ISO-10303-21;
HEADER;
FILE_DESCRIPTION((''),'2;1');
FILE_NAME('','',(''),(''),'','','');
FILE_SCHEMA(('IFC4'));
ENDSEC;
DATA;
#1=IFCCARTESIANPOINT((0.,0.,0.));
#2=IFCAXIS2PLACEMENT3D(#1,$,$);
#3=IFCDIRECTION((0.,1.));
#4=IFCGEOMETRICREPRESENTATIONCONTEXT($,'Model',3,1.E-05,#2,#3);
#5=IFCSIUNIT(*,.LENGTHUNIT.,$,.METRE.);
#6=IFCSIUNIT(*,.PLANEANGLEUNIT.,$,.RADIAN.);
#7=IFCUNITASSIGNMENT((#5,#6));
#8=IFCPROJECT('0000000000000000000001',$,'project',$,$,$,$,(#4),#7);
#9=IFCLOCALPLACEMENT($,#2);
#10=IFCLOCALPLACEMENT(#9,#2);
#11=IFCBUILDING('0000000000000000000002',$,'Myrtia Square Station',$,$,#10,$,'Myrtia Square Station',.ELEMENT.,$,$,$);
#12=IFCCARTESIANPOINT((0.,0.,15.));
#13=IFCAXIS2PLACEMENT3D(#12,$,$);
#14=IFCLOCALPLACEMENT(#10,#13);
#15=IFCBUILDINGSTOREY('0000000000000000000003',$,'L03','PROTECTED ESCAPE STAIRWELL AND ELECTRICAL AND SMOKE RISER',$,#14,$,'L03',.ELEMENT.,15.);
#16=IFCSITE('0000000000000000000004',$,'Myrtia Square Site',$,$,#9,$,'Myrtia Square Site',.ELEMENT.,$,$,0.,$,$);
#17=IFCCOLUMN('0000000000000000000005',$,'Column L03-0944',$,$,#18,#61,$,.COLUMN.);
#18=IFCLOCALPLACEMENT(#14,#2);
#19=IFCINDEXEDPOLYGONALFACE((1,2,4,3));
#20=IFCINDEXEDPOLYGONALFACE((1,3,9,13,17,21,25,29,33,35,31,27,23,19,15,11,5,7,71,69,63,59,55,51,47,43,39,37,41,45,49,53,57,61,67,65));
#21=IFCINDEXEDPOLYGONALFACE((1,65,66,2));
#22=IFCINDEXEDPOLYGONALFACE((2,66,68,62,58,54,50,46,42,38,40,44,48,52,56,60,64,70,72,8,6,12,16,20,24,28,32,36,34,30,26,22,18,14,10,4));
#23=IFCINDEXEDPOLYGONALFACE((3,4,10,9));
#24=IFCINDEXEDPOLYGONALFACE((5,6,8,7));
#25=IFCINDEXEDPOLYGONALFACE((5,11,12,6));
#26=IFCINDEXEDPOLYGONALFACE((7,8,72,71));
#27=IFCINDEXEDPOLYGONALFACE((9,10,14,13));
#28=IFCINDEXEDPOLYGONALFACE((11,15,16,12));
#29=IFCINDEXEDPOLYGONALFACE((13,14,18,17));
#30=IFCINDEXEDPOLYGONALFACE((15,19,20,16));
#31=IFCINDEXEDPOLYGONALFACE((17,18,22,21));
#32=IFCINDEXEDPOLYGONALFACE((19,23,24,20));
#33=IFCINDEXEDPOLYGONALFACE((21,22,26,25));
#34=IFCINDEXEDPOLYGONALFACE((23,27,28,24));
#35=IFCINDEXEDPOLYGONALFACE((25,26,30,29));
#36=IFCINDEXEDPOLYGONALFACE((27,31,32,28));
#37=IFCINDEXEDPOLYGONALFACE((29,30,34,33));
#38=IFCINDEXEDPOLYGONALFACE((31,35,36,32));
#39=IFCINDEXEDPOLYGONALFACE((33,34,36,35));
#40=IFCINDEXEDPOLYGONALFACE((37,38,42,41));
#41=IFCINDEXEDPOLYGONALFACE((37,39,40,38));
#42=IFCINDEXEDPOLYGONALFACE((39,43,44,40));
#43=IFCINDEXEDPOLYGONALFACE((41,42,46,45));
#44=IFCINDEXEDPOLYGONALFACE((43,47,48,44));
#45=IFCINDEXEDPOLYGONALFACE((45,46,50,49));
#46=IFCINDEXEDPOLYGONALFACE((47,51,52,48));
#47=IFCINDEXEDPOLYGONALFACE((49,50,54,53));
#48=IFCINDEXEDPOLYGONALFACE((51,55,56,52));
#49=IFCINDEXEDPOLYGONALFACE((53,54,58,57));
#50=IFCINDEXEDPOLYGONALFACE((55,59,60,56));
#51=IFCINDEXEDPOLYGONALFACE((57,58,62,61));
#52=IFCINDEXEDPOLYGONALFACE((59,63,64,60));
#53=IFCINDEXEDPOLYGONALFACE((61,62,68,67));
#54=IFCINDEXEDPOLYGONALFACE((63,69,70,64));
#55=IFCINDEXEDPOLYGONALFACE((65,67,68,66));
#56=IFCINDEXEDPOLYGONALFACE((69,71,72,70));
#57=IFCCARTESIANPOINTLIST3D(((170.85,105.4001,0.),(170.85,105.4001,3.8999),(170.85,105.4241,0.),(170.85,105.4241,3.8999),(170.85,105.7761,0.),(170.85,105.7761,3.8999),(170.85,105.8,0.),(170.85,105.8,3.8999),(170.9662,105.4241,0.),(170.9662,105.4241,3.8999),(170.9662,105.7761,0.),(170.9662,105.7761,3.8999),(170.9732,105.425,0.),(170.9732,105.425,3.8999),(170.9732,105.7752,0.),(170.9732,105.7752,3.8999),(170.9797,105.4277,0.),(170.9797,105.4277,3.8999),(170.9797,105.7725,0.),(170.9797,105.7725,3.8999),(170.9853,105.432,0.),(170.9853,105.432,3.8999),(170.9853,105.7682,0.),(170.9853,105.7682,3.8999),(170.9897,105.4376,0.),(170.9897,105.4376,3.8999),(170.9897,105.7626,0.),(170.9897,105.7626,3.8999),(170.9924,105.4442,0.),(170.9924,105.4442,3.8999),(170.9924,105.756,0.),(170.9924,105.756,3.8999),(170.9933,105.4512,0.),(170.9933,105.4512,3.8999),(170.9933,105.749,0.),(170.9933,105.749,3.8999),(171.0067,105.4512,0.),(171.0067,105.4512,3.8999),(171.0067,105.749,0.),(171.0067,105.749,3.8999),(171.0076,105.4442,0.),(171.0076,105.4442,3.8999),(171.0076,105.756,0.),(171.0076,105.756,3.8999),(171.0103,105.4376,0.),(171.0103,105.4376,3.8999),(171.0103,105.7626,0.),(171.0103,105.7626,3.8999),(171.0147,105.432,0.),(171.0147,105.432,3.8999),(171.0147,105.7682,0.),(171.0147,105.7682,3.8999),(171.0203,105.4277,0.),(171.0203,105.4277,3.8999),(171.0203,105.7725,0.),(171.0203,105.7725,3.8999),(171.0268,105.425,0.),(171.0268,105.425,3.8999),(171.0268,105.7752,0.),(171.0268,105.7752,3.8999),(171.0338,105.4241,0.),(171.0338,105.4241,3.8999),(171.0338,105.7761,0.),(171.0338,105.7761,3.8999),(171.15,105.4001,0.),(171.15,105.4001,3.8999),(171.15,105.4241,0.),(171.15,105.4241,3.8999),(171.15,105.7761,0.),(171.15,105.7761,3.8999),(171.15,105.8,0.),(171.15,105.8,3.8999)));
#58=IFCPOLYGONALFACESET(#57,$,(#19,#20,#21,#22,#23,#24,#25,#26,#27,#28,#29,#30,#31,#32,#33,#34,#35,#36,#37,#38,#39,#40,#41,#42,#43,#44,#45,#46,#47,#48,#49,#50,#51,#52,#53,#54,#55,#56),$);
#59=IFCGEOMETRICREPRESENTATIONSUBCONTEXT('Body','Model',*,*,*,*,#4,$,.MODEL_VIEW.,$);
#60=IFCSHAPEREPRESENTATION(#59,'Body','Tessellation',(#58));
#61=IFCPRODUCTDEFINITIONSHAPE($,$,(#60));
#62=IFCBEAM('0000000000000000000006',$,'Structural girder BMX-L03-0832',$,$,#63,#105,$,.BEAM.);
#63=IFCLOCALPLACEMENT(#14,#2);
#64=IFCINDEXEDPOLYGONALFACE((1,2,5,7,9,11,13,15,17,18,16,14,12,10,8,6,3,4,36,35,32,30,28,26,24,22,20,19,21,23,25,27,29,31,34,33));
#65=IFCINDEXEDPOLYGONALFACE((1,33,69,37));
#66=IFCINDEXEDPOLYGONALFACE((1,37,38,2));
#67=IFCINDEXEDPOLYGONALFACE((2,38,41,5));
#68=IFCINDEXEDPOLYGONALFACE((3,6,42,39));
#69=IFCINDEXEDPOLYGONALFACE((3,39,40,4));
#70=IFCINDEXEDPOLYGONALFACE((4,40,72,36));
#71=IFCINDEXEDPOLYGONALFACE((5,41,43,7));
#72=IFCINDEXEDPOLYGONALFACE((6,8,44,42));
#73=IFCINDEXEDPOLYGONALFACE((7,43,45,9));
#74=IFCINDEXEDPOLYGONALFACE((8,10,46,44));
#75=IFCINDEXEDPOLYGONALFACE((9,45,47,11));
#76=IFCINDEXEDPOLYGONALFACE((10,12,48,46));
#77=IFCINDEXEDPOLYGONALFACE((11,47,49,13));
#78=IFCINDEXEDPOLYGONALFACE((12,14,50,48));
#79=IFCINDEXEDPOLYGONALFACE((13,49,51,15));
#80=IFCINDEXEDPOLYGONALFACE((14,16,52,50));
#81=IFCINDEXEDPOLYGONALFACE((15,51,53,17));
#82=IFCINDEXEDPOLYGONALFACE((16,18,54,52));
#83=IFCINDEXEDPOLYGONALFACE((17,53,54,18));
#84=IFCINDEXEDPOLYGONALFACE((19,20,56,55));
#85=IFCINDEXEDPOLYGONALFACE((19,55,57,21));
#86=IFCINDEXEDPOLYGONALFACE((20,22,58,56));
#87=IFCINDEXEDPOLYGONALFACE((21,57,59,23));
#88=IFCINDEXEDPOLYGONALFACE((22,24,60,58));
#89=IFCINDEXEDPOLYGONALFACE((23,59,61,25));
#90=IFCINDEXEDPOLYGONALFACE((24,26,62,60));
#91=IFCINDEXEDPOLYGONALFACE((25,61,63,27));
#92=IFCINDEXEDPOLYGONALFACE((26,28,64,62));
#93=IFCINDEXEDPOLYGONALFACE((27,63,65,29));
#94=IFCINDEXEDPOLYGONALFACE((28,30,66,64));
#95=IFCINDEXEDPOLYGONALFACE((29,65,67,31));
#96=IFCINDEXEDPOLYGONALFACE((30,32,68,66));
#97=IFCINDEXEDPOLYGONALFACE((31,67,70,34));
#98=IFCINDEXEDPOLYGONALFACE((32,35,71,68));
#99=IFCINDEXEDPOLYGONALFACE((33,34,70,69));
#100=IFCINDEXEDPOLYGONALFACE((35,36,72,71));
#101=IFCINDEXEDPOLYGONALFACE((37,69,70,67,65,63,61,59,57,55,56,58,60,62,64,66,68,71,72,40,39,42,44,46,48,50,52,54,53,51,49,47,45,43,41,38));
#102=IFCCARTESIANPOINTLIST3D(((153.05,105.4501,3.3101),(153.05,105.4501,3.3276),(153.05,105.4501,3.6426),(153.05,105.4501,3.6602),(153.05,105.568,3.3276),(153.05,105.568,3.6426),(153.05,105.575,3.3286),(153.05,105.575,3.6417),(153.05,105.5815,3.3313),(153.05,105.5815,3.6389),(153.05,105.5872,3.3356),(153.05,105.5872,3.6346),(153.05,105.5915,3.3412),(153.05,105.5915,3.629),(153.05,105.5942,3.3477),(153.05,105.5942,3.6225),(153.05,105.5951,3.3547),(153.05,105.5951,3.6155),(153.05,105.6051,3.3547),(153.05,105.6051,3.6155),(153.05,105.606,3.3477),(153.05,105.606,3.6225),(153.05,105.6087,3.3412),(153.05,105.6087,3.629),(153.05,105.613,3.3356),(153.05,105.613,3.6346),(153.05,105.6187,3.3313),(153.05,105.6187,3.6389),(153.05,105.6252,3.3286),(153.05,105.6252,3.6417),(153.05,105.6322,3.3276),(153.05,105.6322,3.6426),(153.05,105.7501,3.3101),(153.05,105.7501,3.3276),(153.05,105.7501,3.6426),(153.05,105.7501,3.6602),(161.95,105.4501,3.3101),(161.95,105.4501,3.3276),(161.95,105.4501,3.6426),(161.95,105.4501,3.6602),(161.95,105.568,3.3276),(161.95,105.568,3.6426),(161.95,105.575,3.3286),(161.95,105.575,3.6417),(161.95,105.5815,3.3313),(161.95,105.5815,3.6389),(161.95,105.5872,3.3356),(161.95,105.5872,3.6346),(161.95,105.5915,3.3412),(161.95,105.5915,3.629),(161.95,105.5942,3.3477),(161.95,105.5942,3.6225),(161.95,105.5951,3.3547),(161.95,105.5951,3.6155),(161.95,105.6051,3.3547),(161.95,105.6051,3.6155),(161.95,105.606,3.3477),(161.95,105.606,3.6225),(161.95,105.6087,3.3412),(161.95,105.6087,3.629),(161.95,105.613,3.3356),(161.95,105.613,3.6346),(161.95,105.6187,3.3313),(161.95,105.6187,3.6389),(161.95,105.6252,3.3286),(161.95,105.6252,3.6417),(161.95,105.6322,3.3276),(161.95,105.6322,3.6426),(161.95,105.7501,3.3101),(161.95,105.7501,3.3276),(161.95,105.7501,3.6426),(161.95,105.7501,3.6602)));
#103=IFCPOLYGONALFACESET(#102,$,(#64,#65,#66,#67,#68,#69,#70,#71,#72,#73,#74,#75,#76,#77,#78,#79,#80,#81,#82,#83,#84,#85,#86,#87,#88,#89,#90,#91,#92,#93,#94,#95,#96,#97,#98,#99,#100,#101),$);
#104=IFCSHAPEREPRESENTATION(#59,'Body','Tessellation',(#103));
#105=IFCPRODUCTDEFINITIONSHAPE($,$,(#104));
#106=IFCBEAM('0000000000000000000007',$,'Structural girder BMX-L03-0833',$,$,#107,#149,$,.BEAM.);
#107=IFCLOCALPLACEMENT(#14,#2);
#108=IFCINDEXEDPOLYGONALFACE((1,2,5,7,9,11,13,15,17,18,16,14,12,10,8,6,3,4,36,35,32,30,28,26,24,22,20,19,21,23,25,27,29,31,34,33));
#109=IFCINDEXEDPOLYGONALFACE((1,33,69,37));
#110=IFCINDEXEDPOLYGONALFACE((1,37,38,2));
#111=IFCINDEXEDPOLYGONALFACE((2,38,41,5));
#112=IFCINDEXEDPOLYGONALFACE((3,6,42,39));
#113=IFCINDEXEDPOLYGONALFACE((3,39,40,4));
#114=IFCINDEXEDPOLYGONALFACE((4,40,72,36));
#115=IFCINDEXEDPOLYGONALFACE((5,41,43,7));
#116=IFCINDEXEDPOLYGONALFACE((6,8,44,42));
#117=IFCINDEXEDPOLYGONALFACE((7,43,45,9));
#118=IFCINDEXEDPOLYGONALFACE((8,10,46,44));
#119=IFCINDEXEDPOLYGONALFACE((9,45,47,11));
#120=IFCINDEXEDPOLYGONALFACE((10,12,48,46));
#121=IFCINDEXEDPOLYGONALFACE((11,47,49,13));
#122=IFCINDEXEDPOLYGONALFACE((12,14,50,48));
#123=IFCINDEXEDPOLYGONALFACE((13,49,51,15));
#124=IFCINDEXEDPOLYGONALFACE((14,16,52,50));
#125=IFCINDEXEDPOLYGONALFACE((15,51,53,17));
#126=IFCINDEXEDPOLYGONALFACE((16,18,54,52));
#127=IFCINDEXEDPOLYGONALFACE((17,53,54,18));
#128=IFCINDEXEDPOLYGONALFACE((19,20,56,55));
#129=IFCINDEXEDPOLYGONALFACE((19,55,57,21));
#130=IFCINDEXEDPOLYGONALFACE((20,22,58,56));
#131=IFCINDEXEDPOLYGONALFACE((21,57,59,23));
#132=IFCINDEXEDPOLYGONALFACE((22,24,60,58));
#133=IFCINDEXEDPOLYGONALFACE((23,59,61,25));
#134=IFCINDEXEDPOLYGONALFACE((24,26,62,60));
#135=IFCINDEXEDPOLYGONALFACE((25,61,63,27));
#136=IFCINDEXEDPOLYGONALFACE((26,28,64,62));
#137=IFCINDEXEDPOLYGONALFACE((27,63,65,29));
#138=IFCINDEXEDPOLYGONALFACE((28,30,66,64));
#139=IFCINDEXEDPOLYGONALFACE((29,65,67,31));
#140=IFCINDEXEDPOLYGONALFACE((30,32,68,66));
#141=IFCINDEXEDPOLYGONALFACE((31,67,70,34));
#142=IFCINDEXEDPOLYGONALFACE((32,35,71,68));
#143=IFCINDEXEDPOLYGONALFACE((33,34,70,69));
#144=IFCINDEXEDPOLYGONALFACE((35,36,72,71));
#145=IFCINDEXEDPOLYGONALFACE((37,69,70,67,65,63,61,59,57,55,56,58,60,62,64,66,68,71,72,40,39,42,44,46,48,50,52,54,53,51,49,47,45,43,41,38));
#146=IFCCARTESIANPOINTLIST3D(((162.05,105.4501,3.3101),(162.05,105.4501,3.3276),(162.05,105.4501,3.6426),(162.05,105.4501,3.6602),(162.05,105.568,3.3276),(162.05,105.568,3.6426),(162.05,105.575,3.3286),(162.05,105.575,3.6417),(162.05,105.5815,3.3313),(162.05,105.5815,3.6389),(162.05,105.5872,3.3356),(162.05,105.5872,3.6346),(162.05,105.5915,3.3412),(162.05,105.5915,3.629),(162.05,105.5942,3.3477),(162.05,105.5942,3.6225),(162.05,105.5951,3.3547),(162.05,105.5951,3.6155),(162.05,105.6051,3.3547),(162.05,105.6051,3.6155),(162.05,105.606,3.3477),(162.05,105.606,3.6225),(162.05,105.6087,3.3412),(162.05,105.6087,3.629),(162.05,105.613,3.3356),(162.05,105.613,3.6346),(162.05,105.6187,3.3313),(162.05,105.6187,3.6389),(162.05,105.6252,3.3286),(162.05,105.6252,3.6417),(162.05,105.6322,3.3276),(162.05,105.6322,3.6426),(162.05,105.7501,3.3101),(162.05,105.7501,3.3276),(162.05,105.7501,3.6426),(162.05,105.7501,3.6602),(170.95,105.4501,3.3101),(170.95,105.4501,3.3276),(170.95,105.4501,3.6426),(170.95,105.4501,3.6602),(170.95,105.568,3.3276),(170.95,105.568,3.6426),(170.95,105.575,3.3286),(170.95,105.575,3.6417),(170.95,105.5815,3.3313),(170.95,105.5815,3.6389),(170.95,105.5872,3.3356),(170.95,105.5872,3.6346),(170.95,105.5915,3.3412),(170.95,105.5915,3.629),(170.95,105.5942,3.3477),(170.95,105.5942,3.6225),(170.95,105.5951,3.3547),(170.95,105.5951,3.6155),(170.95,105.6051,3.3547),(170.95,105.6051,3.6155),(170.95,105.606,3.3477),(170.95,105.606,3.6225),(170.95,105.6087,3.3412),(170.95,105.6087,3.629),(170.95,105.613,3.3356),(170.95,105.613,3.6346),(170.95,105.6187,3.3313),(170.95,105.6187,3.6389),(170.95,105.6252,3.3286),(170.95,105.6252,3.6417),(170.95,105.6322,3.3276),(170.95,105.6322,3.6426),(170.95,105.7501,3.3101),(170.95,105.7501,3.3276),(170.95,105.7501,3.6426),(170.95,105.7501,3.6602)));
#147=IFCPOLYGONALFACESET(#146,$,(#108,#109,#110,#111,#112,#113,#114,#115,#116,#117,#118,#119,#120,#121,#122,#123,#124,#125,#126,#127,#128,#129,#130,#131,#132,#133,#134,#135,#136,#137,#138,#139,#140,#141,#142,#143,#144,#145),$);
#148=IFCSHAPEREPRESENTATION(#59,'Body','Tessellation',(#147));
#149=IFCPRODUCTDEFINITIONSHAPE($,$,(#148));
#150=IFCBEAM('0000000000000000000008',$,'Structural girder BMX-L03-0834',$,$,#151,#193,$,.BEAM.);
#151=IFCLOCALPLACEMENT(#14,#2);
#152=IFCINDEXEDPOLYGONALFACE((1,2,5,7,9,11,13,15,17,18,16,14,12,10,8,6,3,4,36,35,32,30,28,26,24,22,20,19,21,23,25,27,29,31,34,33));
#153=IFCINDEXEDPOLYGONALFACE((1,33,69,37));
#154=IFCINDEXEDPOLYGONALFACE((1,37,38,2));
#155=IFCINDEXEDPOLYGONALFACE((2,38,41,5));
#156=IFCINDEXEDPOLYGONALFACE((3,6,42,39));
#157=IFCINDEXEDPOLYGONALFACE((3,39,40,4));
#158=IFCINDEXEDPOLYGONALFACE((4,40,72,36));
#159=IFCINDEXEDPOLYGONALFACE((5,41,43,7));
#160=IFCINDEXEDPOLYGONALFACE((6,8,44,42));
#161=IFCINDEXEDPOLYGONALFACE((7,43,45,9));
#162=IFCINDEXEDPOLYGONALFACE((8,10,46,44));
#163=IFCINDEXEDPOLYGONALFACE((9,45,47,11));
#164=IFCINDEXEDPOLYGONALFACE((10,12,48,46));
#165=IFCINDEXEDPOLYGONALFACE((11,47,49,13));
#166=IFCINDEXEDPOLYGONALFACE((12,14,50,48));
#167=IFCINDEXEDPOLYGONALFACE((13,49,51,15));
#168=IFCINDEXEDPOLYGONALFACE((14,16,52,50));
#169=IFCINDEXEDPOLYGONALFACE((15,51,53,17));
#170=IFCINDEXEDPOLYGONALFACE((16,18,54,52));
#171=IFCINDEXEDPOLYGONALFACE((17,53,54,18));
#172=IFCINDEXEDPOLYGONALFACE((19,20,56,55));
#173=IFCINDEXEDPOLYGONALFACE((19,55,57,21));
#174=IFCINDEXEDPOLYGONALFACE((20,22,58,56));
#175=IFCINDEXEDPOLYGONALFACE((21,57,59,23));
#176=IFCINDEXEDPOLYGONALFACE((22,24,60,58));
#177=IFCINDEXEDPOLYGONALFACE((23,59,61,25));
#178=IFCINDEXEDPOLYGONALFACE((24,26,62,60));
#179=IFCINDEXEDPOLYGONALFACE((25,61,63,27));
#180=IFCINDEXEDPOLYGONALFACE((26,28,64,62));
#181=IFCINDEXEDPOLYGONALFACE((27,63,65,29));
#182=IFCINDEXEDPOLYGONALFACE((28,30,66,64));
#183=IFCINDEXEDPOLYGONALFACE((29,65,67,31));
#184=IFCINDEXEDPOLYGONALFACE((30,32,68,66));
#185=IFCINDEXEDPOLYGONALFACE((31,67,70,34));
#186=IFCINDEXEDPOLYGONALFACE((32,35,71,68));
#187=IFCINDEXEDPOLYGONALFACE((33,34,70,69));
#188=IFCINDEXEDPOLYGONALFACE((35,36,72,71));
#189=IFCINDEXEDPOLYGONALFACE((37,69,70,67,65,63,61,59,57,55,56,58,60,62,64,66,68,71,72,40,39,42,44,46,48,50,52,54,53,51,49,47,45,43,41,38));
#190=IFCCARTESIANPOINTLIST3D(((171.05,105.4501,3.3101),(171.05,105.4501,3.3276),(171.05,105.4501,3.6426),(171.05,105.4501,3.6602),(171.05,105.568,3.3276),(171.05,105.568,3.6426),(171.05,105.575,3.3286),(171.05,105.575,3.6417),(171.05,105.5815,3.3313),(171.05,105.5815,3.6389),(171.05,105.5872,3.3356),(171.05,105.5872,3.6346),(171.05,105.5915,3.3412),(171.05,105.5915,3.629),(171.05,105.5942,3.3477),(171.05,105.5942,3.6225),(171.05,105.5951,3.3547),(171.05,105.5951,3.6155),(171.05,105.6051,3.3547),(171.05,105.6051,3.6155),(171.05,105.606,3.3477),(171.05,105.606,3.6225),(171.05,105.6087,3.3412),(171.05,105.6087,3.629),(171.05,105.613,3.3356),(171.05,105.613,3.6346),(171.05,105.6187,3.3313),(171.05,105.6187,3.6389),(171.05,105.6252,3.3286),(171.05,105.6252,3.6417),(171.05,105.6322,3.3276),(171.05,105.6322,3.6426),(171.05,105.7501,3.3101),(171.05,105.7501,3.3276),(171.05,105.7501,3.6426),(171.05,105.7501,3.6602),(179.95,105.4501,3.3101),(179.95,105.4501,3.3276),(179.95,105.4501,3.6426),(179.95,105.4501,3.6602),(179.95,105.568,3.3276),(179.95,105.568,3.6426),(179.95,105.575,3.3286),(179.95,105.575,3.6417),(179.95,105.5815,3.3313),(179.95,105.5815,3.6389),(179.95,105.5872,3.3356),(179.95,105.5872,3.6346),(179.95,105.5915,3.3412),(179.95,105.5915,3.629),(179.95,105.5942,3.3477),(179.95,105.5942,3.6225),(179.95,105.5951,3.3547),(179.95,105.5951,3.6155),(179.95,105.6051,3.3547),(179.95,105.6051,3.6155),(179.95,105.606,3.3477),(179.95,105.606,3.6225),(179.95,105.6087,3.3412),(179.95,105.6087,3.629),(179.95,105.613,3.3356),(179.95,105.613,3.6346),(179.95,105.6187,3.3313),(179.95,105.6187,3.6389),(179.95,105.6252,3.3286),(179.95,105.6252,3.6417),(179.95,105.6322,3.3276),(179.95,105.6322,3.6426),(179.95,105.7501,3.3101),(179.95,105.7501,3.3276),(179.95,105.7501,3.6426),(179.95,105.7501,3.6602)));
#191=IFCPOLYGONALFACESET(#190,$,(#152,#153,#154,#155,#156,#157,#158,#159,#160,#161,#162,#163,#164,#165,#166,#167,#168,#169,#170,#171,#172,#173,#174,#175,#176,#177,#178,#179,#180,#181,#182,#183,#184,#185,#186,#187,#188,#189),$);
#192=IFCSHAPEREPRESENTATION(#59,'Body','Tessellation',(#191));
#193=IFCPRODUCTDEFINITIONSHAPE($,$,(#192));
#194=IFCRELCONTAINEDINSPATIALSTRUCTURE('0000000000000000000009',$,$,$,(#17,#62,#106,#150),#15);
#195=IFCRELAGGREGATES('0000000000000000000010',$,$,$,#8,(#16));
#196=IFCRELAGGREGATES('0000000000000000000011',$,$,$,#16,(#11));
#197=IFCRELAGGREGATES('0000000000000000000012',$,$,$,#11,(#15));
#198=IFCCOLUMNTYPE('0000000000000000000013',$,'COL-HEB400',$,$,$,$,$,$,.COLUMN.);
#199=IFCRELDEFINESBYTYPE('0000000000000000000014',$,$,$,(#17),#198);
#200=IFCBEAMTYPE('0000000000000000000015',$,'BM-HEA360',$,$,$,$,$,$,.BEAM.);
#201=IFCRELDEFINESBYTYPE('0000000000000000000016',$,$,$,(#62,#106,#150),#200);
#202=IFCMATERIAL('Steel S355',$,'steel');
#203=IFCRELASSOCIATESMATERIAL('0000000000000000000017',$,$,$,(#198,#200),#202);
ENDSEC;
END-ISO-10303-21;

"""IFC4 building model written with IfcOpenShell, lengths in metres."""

from ifc_helpers import new_model, si_unit, direction, frame, origin, origin_2d, place, context, subcontext, project, spatial, i_section, extrude, material, material_profile, profile_set, type_object, element, save


model = new_model("IFC4")

# Units and contexts
model_context = context("Model", 3, precision=1e-05, world=origin(), true_north=direction((0.0, 1.0)))
body_context = subcontext(model_context, "Body", "Model", "MODEL_VIEW")
ifc_project = project(units=[si_unit("LENGTHUNIT", "METRE"), si_unit("PLANEANGLEUNIT", "RADIAN")], contexts=[model_context])

# Site, building, storey
site_placement = place(None, origin())
site = spatial("IfcSite", under=ifc_project, at=site_placement, Name="Myrtia Square Site", LongName="Myrtia Square Site", CompositionType="ELEMENT", RefElevation=0.0)
building_placement = place(site_placement, origin())
building = spatial("IfcBuilding", under=site, at=building_placement, Name="Myrtia Square Station", LongName="Myrtia Square Station", CompositionType="ELEMENT")
storey_placement = place(building_placement, frame((0.0, 0.0, 15.0)))
storey = spatial("IfcBuildingStorey", under=building, at=storey_placement, Name="L03", Description="PROTECTED ESCAPE STAIRWELL AND ELECTRICAL AND SMOKE RISER", LongName="L03", CompositionType="ELEMENT", Elevation=15.0)

# Column
ifc_material_1 = material(Name="Steel S355", Category="steel")
ifc_material_profile_1 = material_profile(ifc_material_1, i_section(OverallWidth=0.3, OverallDepth=0.3999, WebThickness=0.0134, FlangeThickness=0.0239, FilletRadius=0.0271, at=origin_2d()), Name="HEB 400")
ifc_profile_set_1 = profile_set([ifc_material_profile_1], Name="Steel S355")
column_type = type_object("IfcColumnType", Name="COL-HEB400", PredefinedType="COLUMN", material=ifc_profile_set_1)
for number, where, z_axis, x_axis, name in (
    (1, (171.0, 105.6001, 0.0), (0.0, 0.0, 1.0), (1.0, 0.0, 0.0), "Column L03-0944"),
):
    element("IfcColumn", number, at=place(storey_placement, frame(where, z_axis=z_axis, x_axis=x_axis)), inside=storey, type_object=column_type, Name=name, PredefinedType="COLUMN", context=body_context, shape_type="SweptSolid", body=[
        extrude(i_section(OverallWidth=0.3, OverallDepth=0.3999, WebThickness=0.0134, FlangeThickness=0.0239, FilletRadius=0.0271, at=origin_2d()), origin(), (0.0, 0.0, 1.0), 3.8999),
    ])

# Beams
ifc_material_profile_2 = material_profile(ifc_material_1, i_section(OverallWidth=0.3, OverallDepth=0.3501, WebThickness=0.01, FlangeThickness=0.0176, FilletRadius=0.0271, at=origin_2d()), Name="HEA 360")
ifc_profile_set_2 = profile_set([ifc_material_profile_2], Name="Steel S355")
beam_type_1 = type_object("IfcBeamType", Name="BM-HEA360", PredefinedType="BEAM", material=ifc_profile_set_2)
for number, where, z_axis, x_axis, name in (
    (2, (153.05, 105.6001, 3.4851), (1.0, 0.0, 0.0), (0.0, 1.0, 0.0), "Structural girder BMX-L03-0832"),
    (3, (162.05, 105.6001, 3.4851), (1.0, 0.0, 0.0), (0.0, 1.0, 0.0), "Structural girder BMX-L03-0833"),
    (4, (171.05, 105.6001, 3.4851), (1.0, 0.0, 0.0), (0.0, 1.0, 0.0), "Structural girder BMX-L03-0834"),
):
    element("IfcBeam", number, at=place(storey_placement, frame(where, z_axis=z_axis, x_axis=x_axis)), inside=storey, type_object=beam_type_1, Name=name, PredefinedType="BEAM", context=body_context, shape_type="SweptSolid", body=[
        extrude(i_section(OverallWidth=0.3, OverallDepth=0.3501, WebThickness=0.01, FlangeThickness=0.0176, FilletRadius=0.0271, at=origin_2d()), origin(), (0.0, 0.0, 1.0), 8.8999),
    ])

save(model, "model.ifc")
